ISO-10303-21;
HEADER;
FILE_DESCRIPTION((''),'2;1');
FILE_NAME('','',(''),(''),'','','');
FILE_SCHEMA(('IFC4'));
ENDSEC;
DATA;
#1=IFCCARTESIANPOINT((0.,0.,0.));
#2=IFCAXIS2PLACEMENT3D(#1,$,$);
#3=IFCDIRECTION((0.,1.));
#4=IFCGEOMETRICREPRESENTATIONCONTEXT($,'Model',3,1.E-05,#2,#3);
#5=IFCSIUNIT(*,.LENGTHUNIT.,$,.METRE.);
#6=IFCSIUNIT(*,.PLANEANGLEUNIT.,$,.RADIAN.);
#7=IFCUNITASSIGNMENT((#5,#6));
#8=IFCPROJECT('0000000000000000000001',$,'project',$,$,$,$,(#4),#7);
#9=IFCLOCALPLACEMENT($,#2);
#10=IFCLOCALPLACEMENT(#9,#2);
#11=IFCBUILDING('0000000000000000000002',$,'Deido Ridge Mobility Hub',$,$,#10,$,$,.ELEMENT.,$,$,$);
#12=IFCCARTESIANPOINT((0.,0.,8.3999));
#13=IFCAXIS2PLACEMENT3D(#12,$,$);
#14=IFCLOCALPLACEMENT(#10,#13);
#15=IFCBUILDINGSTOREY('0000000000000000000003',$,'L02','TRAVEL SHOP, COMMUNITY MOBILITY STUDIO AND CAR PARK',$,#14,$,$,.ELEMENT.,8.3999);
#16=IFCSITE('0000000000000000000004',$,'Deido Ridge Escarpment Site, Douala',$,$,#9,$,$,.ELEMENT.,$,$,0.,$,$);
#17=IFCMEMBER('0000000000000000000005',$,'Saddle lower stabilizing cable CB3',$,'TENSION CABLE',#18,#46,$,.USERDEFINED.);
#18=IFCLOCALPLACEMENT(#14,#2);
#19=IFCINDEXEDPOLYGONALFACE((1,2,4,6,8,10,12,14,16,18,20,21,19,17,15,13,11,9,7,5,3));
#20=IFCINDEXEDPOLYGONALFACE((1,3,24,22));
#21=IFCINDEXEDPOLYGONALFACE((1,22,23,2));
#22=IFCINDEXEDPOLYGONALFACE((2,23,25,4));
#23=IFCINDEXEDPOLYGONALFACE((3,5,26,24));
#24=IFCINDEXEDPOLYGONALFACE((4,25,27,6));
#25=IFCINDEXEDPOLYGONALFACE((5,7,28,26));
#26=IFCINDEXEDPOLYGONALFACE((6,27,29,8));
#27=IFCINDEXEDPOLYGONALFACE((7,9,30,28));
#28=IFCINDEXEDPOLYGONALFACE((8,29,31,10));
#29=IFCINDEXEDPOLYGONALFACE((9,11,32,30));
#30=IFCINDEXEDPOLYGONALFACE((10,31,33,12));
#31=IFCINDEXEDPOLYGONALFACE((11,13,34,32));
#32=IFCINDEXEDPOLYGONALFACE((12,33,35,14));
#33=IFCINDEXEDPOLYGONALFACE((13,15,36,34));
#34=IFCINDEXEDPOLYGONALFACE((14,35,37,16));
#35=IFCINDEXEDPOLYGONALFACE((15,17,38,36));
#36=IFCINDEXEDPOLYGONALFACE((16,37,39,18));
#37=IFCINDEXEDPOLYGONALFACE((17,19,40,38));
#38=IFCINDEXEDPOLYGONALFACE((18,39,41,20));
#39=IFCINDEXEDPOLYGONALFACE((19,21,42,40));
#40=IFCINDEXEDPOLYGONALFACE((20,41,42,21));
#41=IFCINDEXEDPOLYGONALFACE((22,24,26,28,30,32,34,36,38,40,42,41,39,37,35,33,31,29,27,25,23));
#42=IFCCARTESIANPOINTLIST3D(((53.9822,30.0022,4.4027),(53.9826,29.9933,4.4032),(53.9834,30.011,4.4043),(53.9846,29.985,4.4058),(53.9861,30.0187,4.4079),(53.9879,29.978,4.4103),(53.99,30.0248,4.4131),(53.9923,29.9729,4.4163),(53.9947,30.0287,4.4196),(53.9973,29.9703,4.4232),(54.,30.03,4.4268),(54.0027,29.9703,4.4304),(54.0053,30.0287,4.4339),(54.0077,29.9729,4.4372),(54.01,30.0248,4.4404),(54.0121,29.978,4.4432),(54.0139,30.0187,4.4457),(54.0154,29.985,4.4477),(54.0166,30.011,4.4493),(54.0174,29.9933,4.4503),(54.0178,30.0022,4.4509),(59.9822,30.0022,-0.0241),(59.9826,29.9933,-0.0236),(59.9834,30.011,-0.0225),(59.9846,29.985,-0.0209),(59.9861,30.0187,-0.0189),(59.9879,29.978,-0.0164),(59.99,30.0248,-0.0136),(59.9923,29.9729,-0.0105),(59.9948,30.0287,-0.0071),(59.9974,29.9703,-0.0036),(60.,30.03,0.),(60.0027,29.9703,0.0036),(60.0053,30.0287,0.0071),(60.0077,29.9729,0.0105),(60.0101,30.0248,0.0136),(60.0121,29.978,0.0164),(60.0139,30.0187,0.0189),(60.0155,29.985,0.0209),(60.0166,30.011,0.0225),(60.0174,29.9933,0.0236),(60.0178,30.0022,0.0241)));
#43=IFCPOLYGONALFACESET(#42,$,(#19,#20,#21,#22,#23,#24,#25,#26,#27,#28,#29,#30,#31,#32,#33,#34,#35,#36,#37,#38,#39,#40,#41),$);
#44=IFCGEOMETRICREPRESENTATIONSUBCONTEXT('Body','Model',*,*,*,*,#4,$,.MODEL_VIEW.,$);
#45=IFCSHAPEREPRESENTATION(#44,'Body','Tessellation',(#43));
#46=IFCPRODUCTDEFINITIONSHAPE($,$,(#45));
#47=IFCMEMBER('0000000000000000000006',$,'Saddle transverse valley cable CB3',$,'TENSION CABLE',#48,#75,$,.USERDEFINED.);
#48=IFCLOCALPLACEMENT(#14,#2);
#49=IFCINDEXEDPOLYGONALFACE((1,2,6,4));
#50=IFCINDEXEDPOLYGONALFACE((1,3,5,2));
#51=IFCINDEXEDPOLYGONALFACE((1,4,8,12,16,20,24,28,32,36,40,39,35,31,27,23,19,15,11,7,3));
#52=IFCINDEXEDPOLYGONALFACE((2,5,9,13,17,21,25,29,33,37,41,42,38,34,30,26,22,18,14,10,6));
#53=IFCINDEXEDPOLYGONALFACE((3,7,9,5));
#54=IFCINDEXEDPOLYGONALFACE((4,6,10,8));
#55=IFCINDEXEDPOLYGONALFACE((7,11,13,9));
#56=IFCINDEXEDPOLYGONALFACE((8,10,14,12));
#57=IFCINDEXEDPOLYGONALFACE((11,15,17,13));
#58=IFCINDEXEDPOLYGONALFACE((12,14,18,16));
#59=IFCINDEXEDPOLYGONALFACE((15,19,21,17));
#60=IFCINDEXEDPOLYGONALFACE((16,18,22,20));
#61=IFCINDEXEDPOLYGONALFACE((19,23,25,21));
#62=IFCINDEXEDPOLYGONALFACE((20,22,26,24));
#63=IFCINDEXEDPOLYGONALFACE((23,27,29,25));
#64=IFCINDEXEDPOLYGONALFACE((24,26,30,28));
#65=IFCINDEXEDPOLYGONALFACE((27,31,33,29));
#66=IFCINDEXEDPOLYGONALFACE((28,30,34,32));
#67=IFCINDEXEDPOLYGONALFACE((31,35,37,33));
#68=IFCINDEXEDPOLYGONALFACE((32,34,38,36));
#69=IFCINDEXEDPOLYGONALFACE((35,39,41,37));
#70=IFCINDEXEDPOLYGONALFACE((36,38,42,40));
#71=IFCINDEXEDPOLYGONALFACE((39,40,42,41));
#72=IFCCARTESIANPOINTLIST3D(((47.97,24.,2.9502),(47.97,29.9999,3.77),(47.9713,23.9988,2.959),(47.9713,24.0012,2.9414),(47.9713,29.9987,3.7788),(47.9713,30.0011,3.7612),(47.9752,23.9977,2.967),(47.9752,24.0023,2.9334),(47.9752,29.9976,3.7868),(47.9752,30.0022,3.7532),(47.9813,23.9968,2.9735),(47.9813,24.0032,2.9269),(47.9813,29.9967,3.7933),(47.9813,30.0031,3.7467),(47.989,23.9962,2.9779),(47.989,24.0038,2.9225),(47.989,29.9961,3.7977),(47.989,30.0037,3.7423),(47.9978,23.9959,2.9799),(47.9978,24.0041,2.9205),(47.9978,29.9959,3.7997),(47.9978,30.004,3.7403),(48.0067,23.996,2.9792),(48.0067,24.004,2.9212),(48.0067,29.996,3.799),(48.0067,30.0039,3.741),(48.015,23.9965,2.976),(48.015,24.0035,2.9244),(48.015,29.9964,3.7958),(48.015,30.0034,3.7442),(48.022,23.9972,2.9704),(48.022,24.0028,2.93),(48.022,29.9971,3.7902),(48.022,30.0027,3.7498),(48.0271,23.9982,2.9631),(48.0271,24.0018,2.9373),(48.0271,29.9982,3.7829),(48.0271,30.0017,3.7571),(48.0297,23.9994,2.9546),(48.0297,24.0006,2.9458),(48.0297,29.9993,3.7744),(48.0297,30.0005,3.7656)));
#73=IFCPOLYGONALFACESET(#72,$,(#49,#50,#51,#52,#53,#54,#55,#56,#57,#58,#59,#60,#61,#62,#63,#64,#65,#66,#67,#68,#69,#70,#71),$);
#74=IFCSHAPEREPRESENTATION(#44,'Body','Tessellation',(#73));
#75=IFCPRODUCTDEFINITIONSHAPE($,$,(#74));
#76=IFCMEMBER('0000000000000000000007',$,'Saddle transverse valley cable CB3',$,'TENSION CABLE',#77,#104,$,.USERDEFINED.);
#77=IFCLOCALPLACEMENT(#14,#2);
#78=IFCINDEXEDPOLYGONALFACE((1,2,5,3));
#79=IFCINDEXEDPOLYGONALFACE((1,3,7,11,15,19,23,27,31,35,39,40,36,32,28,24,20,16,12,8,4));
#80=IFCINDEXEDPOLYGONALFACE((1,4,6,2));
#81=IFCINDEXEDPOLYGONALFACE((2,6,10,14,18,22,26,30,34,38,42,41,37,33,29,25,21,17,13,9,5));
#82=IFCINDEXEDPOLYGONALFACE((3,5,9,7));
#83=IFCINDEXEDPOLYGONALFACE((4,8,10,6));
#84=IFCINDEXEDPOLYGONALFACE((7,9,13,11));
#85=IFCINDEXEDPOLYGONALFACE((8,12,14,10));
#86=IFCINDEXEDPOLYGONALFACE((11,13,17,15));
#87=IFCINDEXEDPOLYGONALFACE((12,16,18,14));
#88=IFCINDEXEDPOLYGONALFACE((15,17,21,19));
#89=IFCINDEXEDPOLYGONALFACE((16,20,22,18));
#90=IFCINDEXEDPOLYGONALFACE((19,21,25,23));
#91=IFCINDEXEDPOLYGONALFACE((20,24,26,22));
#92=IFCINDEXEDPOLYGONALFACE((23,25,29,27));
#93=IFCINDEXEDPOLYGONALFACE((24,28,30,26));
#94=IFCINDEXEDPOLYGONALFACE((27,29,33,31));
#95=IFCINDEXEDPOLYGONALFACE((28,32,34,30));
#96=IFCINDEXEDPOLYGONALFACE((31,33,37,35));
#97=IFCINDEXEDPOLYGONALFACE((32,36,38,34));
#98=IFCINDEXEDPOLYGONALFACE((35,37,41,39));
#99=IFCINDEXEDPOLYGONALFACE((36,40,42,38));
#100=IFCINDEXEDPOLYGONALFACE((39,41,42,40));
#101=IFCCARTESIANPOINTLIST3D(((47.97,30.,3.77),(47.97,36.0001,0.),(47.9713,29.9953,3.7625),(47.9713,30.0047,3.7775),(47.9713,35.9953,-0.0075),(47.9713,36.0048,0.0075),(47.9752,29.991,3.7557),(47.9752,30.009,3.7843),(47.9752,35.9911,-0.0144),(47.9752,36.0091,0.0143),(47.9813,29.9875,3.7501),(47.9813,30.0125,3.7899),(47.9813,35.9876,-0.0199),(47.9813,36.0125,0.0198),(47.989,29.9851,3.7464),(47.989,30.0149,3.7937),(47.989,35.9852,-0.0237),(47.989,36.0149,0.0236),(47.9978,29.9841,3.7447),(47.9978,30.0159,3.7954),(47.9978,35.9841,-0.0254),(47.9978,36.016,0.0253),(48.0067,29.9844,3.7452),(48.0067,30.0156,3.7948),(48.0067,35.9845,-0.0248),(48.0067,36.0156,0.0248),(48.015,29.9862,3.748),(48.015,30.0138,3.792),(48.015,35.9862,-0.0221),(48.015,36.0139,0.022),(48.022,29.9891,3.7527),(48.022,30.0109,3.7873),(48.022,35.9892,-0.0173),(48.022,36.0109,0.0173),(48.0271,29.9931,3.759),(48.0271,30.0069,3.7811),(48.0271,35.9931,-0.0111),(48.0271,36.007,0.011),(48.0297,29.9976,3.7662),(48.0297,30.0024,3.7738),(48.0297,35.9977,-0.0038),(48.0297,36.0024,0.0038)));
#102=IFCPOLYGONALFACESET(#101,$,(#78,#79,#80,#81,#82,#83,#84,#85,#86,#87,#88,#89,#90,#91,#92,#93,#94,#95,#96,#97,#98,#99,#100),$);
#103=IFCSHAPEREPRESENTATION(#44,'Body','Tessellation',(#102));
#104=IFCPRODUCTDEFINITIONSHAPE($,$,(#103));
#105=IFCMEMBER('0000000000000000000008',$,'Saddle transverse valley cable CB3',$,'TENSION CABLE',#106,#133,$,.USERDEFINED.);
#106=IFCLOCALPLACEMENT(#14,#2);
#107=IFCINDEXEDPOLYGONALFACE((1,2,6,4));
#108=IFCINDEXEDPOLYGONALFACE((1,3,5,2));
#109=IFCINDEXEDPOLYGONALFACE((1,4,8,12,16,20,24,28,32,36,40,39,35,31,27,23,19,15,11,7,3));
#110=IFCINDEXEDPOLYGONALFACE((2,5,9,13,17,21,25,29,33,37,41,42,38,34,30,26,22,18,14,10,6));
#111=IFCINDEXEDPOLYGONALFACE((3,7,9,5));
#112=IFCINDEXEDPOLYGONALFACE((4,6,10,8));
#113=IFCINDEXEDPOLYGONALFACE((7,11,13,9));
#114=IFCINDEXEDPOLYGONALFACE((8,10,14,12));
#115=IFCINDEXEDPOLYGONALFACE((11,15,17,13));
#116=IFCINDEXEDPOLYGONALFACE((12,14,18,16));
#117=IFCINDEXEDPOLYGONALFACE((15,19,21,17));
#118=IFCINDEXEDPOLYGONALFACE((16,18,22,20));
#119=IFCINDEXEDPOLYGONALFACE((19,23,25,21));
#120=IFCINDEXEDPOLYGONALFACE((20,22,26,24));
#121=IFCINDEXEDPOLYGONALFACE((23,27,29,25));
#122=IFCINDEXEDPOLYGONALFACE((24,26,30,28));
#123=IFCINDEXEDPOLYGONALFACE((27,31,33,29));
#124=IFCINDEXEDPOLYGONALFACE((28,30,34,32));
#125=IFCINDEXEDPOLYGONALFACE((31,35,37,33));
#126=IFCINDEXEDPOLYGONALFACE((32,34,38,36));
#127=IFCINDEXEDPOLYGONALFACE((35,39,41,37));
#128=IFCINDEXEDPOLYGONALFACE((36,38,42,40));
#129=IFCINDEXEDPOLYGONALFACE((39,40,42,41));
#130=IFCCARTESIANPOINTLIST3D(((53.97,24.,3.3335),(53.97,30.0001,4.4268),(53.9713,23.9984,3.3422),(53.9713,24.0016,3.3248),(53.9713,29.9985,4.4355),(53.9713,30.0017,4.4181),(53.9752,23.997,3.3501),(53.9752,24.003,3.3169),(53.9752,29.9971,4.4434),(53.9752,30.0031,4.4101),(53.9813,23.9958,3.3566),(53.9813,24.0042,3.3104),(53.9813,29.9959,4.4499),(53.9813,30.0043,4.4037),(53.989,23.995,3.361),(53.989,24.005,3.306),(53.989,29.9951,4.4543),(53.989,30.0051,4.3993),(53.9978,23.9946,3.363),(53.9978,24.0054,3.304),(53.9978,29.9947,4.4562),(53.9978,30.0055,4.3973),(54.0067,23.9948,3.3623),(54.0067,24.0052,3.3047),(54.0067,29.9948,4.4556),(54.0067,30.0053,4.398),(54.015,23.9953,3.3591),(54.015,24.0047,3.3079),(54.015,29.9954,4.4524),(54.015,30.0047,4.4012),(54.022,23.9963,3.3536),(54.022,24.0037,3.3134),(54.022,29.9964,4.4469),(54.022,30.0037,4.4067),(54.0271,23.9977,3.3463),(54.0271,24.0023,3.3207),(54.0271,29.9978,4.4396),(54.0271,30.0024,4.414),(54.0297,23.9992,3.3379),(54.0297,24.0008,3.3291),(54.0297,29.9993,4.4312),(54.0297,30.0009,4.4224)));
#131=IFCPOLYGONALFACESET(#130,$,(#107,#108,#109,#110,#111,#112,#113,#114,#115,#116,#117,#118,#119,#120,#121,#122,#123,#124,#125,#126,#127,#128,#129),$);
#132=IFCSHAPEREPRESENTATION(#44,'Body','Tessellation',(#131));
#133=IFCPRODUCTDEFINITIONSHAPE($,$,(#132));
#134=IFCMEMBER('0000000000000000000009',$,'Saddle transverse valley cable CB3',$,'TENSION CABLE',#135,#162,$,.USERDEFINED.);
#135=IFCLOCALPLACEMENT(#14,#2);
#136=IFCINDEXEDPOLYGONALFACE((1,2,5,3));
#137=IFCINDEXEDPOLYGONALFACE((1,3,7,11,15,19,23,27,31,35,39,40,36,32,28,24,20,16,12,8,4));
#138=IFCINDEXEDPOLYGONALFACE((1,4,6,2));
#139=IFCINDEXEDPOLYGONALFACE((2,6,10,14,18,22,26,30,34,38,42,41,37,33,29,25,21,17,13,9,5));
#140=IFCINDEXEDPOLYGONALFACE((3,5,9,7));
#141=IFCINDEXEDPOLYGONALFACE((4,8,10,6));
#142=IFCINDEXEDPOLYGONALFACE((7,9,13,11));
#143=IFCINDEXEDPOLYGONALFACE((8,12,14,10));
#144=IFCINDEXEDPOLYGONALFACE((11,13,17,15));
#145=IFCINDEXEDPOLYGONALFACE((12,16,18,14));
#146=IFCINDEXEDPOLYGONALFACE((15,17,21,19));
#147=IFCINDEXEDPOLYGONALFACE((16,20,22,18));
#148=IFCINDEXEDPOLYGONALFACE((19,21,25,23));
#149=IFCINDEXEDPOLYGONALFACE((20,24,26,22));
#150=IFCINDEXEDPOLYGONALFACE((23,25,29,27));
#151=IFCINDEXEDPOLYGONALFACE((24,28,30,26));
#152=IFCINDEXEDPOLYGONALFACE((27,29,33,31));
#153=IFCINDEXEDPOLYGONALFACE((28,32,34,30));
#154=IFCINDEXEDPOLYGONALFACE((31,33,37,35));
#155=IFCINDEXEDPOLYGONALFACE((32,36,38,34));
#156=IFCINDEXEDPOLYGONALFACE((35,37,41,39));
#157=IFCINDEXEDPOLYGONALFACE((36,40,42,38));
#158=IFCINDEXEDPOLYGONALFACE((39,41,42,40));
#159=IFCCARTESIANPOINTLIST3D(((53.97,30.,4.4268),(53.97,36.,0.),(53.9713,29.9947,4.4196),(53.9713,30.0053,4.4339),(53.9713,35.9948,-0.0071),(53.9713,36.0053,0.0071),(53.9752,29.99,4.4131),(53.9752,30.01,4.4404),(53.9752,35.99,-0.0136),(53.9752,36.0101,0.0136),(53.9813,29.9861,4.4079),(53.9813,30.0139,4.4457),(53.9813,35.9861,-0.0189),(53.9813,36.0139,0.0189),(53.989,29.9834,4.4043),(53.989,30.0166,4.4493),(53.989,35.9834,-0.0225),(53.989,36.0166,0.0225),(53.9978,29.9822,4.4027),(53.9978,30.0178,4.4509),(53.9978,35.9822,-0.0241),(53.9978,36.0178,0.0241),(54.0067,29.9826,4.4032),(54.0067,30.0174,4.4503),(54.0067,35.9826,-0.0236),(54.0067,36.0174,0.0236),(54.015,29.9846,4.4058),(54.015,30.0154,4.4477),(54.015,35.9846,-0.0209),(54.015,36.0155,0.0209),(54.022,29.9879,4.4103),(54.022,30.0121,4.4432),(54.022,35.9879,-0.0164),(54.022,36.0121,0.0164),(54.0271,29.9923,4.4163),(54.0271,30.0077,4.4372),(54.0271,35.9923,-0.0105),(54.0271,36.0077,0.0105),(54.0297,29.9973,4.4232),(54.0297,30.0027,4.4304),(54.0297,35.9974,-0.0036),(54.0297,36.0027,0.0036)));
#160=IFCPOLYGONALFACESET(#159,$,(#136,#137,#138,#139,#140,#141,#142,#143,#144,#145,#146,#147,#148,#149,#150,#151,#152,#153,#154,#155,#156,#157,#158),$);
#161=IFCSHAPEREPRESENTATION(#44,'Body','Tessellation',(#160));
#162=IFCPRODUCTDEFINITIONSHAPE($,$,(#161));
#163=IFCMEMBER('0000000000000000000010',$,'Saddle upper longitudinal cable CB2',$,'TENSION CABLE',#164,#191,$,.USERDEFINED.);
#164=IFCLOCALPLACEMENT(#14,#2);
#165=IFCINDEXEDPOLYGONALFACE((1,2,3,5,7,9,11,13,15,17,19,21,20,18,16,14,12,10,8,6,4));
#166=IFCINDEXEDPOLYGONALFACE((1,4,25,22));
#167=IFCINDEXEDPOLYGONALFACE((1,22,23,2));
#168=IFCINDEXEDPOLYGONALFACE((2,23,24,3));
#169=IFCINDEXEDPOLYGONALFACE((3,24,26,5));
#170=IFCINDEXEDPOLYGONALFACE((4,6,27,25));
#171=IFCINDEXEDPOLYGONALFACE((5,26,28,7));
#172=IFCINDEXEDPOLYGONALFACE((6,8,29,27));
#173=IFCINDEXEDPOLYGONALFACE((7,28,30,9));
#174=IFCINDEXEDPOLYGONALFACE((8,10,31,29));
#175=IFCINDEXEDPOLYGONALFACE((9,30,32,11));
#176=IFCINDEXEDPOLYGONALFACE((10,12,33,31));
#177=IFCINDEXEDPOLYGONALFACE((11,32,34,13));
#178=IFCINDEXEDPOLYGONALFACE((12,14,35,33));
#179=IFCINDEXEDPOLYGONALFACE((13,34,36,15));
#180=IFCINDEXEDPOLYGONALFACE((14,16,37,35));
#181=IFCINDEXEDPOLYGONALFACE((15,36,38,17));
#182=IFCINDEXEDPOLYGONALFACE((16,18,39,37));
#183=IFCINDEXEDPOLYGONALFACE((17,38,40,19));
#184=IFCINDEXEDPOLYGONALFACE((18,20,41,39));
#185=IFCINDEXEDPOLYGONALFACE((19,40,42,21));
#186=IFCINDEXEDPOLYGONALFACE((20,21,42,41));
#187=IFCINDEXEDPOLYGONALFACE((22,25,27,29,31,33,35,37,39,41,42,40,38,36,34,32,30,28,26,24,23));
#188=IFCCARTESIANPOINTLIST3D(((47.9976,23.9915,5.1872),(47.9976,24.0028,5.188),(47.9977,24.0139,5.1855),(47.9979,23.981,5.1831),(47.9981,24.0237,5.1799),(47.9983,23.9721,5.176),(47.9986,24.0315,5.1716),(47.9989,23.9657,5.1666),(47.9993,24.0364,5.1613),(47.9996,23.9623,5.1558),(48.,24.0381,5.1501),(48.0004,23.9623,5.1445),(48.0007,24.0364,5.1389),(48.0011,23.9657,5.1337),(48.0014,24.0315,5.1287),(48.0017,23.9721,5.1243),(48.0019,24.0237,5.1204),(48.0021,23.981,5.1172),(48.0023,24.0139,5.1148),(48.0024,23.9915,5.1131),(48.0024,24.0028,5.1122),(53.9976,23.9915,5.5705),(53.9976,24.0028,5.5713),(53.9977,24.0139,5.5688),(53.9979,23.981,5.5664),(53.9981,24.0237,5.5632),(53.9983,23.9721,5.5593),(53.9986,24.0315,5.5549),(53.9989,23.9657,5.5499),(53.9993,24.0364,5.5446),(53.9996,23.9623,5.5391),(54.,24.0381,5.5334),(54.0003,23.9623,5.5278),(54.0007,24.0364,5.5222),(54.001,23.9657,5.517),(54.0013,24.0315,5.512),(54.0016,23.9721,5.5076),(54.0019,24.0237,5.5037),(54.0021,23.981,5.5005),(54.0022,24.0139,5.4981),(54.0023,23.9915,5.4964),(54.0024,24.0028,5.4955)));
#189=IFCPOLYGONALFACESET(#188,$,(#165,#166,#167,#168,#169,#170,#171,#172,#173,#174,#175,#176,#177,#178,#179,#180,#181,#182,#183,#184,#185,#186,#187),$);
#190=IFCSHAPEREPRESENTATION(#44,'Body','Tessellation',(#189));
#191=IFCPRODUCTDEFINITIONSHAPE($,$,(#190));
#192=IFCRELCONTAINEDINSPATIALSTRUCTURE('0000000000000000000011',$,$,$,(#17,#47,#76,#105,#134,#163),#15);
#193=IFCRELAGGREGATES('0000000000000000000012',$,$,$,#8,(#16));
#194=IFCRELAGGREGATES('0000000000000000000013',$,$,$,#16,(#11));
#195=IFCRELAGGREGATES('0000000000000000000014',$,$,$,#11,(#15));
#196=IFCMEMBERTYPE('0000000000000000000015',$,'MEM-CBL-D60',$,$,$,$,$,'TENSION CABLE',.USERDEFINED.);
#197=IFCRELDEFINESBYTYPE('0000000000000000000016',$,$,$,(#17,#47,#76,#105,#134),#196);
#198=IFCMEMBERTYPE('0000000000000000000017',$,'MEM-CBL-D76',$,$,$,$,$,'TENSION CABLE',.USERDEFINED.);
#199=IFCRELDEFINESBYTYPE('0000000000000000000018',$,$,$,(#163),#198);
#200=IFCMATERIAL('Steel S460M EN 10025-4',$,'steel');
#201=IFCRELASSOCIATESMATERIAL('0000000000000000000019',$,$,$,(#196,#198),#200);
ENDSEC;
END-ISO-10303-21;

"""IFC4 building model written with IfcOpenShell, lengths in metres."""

from ifc_helpers import new_model, si_unit, direction, frame, origin, origin_2d, place, context, subcontext, project, spatial, circle, extrude, material, material_profile, profile_set, type_object, element, save


model = new_model("IFC4")

# Units and contexts
model_context = context("Model", 3, precision=1e-05, world=origin(), true_north=direction((0.0, 1.0)))
body_context = subcontext(model_context, "Body", "Model", "MODEL_VIEW")
ifc_project = project(units=[si_unit("LENGTHUNIT", "METRE"), si_unit("PLANEANGLEUNIT", "RADIAN")], contexts=[model_context])

# Site, building, storey
site_placement = place(None, origin())
site = spatial("IfcSite", under=ifc_project, at=site_placement, Name="Deido Ridge Escarpment Site, Douala", CompositionType="ELEMENT", RefElevation=0.0)
building_placement = place(site_placement, origin())
building = spatial("IfcBuilding", under=site, at=building_placement, Name="Deido Ridge Mobility Hub", CompositionType="ELEMENT")
storey_placement = place(building_placement, frame((0.0, 0.0, 8.3999)))
storey = spatial("IfcBuildingStorey", under=building, at=storey_placement, Name="L02", Description="TRAVEL SHOP, COMMUNITY MOBILITY STUDIO AND CAR PARK", CompositionType="ELEMENT", Elevation=8.3999)

# Members
ifc_material_1 = material(Name="Steel S460M EN 10025-4", Category="steel")
ifc_material_profile_1 = material_profile(ifc_material_1, circle(Radius=0.03, at=origin_2d()), Name="CABLE D60")
ifc_profile_set_1 = profile_set([ifc_material_profile_1], Name="Steel S460M EN 10025-4")
member_type_1 = type_object("IfcMemberType", Name="MEM-CBL-D60", ElementType="TENSION CABLE", PredefinedType="USERDEFINED", material=ifc_profile_set_1)
member_1_placement = place(storey_placement, frame((54.0, 30.0, 4.4268), z_axis=(0.80469, 0.0, -0.593695), x_axis=(0.0, 1.0, 0.0)))
element("IfcMember", 1, at=member_1_placement, inside=storey, type_object=member_type_1, Name="Saddle lower stabilizing cable CB3", ObjectType="TENSION CABLE", PredefinedType="USERDEFINED", context=body_context, shape_type="SweptSolid", body=[
    extrude(circle(Radius=0.03, at=origin_2d()), origin(), (0.0, 0.0, 1.0), 7.4563),
])
member_2_placement = place(storey_placement, frame((48.0, 24.0, 2.9502), z_axis=(0.0, 0.990794, 0.135379), x_axis=(-1.0, 0.0, 0.0)))
element("IfcMember", 2, at=member_2_placement, inside=storey, type_object=member_type_1, Name="Saddle transverse valley cable CB3", ObjectType="TENSION CABLE", PredefinedType="USERDEFINED", context=body_context, shape_type="SweptSolid", body=[
    extrude(circle(Radius=0.03, at=origin_2d()), origin(), (0.0, 0.0, 1.0), 6.0557),
])
member_3_placement = place(storey_placement, frame((48.0, 30.0, 3.77), z_axis=(0.0, 0.846726, -0.532029), x_axis=(-1.0, 0.0, 0.0)))
element("IfcMember", 3, at=member_3_placement, inside=storey, type_object=member_type_1, Name="Saddle transverse valley cable CB3", ObjectType="TENSION CABLE", PredefinedType="USERDEFINED", context=body_context, shape_type="SweptSolid", body=[
    extrude(circle(Radius=0.03, at=origin_2d()), origin(), (0.0, 0.0, 1.0), 7.0862),
])
member_4_placement = place(storey_placement, frame((54.0, 24.0, 3.3335), z_axis=(0.0, 0.983802, 0.179259), x_axis=(-1.0, 0.0, 0.0)))
element("IfcMember", 4, at=member_4_placement, inside=storey, type_object=member_type_1, Name="Saddle transverse valley cable CB3", ObjectType="TENSION CABLE", PredefinedType="USERDEFINED", context=body_context, shape_type="SweptSolid", body=[
    extrude(circle(Radius=0.03, at=origin_2d()), origin(), (0.0, 0.0, 1.0), 6.0989),
])
member_5_placement = place(storey_placement, frame((54.0, 30.0, 4.4268), z_axis=(0.0, 0.80469, -0.593695), x_axis=(-1.0, 0.0, 0.0)))
element("IfcMember", 5, at=member_5_placement, inside=storey, type_object=member_type_1, Name="Saddle transverse valley cable CB3", ObjectType="TENSION CABLE", PredefinedType="USERDEFINED", context=body_context, shape_type="SweptSolid", body=[
    extrude(circle(Radius=0.03, at=origin_2d()), origin(), (0.0, 0.0, 1.0), 7.4563),
])
ifc_material_profile_2 = material_profile(ifc_material_1, circle(Radius=0.0381, at=origin_2d()), Name="CABLE D76")
ifc_profile_set_2 = profile_set([ifc_material_profile_2], Name="Steel S460M EN 10025-4")
member_type_2 = type_object("IfcMemberType", Name="MEM-CBL-D76", ElementType="TENSION CABLE", PredefinedType="USERDEFINED", material=ifc_profile_set_2)
member_6_placement = place(storey_placement, frame((48.0, 24.0, 5.1501), z_axis=(0.997966, 0.0, 0.063754), x_axis=(0.0, 1.0, 0.0)))
element("IfcMember", 6, at=member_6_placement, inside=storey, type_object=member_type_2, Name="Saddle upper longitudinal cable CB2", ObjectType="TENSION CABLE", PredefinedType="USERDEFINED", context=body_context, shape_type="SweptSolid", body=[
    extrude(circle(Radius=0.0381, at=origin_2d()), origin(), (0.0, 0.0, 1.0), 6.0122),
])

save(model, "model.ifc")
